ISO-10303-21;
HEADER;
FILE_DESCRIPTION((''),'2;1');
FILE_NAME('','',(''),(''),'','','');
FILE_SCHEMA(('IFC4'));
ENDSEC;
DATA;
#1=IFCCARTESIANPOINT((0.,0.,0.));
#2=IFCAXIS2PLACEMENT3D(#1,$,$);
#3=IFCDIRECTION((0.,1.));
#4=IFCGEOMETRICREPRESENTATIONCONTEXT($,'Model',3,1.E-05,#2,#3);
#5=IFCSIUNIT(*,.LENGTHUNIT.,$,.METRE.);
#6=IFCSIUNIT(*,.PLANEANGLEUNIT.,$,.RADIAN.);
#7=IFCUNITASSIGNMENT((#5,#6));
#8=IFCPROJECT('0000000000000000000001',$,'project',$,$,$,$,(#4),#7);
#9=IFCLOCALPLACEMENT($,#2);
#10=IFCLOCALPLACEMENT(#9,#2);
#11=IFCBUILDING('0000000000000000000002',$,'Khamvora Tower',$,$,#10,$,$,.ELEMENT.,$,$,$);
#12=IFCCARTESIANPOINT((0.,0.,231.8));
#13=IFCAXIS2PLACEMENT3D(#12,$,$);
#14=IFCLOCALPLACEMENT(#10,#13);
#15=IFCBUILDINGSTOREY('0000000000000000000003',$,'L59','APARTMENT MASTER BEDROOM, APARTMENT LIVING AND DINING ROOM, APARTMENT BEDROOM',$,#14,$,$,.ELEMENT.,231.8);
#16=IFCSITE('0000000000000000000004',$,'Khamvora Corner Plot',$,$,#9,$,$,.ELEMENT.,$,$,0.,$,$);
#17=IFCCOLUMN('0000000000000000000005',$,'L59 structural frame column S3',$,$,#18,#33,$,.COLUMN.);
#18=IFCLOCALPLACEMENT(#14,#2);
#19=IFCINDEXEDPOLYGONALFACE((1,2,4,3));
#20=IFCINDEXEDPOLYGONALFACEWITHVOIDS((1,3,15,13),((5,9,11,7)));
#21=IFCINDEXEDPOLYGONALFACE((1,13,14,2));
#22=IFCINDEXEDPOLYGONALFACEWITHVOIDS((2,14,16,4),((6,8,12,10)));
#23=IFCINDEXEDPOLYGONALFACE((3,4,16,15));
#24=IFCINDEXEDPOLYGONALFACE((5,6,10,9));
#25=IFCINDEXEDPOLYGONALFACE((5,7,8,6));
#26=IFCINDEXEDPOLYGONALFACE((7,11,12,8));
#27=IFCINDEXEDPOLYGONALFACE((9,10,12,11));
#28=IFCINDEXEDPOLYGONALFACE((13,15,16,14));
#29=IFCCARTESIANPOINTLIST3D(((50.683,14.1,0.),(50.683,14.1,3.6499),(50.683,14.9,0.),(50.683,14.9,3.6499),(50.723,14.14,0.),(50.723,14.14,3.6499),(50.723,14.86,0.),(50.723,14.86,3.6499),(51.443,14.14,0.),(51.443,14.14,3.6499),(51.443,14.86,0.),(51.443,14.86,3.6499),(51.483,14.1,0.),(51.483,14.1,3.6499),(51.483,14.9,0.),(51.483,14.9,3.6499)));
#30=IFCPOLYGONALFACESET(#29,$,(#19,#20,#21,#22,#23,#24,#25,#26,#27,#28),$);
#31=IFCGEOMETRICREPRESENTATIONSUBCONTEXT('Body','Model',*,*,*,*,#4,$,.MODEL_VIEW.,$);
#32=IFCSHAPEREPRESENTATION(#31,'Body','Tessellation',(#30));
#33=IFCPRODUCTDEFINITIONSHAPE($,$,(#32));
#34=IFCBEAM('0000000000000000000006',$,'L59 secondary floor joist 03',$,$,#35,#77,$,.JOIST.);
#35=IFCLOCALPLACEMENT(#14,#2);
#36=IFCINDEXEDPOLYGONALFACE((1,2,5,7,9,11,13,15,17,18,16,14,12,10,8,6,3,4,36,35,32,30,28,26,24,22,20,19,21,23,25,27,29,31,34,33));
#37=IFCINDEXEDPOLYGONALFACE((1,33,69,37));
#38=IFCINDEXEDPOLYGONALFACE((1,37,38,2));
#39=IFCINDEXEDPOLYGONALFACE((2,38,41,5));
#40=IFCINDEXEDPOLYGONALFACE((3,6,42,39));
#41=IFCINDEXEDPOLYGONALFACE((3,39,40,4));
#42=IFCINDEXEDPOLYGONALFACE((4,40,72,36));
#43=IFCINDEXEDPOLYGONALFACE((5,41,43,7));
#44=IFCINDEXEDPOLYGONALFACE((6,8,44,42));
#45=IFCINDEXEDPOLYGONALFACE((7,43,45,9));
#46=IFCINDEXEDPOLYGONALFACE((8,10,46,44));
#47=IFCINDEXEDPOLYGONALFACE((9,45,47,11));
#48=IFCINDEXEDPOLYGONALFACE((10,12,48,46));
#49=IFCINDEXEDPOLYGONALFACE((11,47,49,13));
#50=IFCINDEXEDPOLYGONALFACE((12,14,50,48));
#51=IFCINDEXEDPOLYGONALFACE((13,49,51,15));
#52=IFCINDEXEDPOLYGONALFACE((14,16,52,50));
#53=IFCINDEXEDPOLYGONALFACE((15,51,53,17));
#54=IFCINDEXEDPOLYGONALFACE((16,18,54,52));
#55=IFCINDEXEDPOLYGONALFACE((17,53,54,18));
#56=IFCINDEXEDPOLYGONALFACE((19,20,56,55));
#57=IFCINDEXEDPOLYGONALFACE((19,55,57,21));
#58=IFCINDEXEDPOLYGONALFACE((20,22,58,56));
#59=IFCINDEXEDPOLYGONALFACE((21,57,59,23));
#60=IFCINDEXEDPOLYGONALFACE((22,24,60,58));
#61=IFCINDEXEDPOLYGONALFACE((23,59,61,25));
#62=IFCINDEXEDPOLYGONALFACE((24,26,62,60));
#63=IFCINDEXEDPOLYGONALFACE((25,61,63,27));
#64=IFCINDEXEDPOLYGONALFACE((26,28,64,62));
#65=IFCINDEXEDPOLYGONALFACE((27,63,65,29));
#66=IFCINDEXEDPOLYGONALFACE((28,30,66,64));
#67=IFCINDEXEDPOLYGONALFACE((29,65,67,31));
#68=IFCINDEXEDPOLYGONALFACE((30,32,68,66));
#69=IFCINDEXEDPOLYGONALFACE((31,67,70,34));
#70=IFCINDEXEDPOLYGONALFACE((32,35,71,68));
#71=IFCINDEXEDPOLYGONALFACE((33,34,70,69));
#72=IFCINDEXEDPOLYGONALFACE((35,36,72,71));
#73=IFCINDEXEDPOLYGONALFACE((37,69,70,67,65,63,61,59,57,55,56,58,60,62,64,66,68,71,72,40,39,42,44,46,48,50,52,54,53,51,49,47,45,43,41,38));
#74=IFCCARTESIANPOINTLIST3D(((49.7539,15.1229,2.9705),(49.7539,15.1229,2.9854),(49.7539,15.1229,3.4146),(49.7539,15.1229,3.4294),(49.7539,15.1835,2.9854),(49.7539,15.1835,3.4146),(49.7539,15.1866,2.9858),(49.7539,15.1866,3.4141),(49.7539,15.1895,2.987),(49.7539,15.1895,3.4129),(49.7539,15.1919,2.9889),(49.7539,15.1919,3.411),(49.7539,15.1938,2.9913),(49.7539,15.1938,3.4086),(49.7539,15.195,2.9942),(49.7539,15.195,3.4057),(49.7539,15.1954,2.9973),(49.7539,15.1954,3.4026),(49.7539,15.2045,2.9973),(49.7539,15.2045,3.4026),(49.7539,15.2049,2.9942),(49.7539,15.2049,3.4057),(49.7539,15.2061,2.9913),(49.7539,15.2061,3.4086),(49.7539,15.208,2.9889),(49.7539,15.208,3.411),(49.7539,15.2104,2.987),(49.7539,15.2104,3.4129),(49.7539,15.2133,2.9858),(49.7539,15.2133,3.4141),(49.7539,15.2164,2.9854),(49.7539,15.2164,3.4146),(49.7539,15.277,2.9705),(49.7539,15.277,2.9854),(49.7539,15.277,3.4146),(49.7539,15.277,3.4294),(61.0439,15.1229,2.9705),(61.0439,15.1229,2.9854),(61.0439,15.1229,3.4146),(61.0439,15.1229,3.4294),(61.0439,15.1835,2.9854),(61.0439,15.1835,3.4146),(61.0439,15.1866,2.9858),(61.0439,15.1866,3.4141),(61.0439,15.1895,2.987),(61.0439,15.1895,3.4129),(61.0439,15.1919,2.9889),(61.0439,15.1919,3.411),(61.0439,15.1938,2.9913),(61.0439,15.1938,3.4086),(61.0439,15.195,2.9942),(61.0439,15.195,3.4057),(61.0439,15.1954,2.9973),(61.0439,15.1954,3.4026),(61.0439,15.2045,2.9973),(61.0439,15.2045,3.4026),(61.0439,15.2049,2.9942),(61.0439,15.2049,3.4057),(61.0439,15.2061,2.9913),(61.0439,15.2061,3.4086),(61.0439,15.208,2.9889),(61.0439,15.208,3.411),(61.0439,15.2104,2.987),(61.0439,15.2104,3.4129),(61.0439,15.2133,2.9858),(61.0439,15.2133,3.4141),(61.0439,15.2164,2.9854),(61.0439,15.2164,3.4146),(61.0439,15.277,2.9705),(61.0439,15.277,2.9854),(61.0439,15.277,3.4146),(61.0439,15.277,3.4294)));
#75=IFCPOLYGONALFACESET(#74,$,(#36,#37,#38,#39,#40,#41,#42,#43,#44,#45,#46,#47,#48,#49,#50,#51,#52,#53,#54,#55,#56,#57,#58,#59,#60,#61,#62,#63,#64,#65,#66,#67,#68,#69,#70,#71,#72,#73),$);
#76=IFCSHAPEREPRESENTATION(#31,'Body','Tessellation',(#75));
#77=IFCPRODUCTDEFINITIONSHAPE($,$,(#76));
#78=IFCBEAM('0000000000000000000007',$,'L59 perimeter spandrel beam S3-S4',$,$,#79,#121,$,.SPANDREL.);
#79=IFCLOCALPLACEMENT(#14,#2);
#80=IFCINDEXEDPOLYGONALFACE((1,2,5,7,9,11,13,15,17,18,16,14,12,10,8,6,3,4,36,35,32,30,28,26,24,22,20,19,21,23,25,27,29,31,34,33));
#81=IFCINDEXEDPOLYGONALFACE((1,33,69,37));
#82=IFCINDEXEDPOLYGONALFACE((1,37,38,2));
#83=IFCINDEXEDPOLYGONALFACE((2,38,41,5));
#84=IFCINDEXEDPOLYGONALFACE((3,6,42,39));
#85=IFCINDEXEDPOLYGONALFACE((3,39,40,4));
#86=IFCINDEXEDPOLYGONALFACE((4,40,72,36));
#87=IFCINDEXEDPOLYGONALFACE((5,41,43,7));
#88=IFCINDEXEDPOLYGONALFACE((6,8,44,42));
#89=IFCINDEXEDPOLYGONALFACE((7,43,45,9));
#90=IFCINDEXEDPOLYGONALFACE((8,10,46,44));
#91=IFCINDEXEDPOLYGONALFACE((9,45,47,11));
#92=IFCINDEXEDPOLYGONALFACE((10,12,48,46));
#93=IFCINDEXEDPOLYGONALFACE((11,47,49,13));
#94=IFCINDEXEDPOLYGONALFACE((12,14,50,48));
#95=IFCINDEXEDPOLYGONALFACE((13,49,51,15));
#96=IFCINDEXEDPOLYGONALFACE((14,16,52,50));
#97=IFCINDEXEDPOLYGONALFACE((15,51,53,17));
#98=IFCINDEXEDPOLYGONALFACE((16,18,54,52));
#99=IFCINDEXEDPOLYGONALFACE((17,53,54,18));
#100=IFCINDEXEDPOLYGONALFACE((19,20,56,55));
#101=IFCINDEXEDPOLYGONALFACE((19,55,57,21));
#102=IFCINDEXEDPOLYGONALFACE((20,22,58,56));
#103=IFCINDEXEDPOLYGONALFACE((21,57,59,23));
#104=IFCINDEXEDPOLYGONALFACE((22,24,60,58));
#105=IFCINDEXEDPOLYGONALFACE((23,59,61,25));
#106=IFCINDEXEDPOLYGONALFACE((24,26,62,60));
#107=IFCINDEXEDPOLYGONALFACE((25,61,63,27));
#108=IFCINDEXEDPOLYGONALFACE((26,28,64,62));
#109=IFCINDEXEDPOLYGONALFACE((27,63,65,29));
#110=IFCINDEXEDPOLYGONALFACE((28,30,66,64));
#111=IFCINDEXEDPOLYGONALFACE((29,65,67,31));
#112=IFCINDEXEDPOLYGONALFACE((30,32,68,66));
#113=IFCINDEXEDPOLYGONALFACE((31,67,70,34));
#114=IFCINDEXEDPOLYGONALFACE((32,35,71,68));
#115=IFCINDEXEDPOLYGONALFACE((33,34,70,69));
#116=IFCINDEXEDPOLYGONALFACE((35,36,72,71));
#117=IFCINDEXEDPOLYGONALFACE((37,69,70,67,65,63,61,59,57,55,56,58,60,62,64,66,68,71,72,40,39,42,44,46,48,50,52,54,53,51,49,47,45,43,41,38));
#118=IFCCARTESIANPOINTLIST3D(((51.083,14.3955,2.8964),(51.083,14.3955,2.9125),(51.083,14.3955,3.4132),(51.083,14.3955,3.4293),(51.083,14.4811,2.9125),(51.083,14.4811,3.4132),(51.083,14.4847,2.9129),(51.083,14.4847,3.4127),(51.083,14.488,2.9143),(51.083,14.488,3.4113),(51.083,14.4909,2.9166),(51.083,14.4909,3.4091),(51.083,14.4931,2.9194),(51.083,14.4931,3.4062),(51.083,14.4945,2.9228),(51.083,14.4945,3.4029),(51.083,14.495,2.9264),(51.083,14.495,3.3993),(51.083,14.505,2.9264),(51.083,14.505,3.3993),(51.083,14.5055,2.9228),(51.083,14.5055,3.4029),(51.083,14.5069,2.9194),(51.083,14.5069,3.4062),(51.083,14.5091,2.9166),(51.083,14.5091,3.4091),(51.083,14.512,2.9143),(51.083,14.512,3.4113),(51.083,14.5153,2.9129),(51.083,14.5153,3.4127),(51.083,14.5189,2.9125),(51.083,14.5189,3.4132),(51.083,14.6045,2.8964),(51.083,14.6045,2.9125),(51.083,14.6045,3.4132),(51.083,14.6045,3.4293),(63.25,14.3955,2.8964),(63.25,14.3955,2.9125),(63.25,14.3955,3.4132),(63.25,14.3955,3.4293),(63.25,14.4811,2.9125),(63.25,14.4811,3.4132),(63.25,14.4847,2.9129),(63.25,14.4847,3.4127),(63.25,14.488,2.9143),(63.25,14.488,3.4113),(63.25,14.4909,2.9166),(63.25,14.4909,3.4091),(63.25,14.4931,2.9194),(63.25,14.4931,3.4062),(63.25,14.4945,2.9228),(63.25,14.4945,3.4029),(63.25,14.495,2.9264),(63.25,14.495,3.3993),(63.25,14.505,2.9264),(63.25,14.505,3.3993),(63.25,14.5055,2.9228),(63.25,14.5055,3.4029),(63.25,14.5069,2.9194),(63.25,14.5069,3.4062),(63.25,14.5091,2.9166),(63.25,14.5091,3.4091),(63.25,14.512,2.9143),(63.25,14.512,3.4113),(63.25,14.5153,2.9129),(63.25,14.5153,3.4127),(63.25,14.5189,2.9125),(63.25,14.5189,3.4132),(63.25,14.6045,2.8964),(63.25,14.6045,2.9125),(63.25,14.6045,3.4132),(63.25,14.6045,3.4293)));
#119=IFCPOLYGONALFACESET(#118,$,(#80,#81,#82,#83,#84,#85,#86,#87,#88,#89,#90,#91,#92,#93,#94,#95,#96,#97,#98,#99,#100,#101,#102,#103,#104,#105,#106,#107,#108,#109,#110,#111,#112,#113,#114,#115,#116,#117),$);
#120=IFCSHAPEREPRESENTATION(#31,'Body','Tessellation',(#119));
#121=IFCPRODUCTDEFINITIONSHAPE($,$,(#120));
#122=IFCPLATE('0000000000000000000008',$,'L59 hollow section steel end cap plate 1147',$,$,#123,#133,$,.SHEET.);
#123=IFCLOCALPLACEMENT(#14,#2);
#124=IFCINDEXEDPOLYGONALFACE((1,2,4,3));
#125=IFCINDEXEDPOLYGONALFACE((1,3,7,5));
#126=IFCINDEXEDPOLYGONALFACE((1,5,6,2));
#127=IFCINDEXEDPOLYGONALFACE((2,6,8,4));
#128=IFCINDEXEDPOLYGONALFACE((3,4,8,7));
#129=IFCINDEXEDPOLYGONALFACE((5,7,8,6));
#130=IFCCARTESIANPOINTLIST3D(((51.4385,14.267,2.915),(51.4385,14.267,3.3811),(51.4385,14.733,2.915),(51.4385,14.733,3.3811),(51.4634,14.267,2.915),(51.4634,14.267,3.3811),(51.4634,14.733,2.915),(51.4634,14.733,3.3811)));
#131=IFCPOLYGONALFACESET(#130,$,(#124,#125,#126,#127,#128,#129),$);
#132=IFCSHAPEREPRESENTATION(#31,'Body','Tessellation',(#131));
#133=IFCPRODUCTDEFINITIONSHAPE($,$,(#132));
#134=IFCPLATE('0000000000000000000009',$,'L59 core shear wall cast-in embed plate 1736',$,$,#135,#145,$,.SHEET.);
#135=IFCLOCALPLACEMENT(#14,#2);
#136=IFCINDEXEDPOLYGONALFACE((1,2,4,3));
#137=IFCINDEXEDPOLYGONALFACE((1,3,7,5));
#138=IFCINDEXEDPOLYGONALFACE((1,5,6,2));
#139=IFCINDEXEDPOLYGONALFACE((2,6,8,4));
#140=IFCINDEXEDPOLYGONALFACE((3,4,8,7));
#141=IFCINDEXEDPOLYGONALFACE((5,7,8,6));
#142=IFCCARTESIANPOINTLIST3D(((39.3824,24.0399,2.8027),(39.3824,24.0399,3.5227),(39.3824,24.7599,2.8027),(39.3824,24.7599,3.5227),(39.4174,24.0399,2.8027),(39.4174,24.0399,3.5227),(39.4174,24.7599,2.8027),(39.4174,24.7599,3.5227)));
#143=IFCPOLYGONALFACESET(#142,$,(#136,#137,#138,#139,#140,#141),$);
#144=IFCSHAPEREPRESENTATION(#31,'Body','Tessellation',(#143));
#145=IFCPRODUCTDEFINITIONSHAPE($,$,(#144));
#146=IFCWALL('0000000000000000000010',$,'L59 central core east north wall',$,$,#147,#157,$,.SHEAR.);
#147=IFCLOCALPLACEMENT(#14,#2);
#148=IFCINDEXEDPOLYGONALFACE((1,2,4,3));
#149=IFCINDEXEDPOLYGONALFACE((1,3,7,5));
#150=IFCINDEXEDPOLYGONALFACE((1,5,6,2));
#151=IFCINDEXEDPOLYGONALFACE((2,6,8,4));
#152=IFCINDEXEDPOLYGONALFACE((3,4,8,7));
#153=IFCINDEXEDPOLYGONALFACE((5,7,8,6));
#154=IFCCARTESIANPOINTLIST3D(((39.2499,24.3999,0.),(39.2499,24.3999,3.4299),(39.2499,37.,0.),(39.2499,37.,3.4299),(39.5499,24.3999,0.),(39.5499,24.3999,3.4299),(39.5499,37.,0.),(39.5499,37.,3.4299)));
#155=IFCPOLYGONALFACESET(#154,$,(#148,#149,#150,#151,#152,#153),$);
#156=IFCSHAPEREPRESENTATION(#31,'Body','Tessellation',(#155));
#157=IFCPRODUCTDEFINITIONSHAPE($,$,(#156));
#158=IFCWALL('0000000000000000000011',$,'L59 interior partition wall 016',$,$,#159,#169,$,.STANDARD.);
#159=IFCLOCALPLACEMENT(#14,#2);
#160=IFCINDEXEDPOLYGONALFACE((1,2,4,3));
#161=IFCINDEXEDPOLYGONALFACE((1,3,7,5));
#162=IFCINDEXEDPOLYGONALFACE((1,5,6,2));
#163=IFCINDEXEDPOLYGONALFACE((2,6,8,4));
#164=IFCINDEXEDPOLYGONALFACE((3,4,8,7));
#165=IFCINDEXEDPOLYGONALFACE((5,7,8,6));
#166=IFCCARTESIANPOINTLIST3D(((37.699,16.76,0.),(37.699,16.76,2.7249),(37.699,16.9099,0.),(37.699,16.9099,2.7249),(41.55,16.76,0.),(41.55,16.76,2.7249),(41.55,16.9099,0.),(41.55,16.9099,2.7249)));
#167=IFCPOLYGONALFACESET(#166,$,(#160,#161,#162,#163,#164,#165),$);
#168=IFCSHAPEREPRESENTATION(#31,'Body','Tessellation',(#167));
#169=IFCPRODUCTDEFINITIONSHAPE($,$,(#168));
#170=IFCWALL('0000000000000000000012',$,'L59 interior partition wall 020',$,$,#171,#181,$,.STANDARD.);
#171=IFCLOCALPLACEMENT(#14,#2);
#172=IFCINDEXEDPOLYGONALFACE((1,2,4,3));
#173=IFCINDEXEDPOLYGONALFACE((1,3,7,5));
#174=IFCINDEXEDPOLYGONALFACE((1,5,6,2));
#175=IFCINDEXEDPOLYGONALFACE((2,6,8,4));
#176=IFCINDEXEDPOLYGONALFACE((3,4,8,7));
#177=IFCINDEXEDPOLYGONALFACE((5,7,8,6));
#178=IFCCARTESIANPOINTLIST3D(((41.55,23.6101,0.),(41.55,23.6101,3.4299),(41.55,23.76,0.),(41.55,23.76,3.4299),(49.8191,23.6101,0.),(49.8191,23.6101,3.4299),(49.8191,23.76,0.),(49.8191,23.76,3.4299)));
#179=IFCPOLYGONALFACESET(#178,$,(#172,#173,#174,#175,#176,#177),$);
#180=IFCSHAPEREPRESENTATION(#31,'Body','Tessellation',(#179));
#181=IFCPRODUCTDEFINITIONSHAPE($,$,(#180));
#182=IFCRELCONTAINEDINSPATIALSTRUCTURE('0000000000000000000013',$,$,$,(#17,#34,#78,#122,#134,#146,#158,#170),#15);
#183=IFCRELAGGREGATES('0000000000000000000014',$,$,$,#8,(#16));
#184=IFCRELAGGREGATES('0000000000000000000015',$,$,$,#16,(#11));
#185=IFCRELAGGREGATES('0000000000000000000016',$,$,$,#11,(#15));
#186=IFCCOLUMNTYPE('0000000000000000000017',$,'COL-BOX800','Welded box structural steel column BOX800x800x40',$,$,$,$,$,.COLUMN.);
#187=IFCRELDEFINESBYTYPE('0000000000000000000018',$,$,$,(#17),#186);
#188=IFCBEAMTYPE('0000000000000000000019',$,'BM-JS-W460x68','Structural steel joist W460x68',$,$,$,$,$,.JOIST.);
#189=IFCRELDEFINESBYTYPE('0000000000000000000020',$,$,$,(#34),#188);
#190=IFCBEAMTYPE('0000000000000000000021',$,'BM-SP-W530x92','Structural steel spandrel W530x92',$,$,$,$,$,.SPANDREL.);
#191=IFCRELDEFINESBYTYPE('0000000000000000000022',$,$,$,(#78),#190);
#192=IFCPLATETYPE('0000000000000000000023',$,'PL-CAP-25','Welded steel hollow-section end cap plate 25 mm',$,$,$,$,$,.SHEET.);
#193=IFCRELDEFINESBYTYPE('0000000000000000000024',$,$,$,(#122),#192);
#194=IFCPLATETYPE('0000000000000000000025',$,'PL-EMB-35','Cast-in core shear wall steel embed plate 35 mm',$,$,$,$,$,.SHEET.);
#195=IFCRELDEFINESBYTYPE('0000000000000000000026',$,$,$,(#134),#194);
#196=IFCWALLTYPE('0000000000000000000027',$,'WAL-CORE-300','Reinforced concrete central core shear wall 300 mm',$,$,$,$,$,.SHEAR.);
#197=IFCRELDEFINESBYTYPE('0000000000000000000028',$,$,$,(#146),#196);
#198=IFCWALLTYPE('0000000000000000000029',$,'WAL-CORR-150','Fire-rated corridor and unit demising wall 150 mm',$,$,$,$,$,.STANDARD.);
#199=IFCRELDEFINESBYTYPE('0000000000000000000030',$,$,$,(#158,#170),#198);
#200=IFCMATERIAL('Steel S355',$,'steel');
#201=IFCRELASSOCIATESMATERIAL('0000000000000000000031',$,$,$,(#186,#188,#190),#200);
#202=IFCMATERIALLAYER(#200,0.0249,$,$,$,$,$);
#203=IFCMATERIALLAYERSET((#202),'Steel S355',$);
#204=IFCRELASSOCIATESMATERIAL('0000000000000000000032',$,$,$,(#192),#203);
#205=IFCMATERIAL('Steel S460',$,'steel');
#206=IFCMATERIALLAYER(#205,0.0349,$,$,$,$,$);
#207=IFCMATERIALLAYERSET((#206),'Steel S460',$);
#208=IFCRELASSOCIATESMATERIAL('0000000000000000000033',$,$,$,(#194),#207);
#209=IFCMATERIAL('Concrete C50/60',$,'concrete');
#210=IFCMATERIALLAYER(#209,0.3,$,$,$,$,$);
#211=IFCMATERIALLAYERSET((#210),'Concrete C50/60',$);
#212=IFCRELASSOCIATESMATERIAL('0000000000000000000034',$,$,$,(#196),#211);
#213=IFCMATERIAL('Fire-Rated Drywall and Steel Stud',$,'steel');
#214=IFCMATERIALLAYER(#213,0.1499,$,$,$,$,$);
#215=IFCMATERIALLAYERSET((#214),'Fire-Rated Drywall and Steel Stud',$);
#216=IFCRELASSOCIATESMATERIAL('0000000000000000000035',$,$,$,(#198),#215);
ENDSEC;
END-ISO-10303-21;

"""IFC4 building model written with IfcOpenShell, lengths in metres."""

from ifc_helpers import new_model, si_unit, direction, frame, frame_2d, origin, origin_2d, place, context, subcontext, project, spatial, rectangle, hollow_rectangle, i_section, extrude, material, layer, layer_set, material_profile, profile_set, type_object, element, save


model = new_model("IFC4")

# Units and contexts
model_context = context("Model", 3, precision=1e-05, world=origin(), true_north=direction((0.0, 1.0)))
body_context = subcontext(model_context, "Body", "Model", "MODEL_VIEW")
ifc_project = project(units=[si_unit("LENGTHUNIT", "METRE"), si_unit("PLANEANGLEUNIT", "RADIAN")], contexts=[model_context])

# Site, building, storey
site_placement = place(None, origin())
site = spatial("IfcSite", under=ifc_project, at=site_placement, Name="Khamvora Corner Plot", CompositionType="ELEMENT", RefElevation=0.0)
building_placement = place(site_placement, origin())
building = spatial("IfcBuilding", under=site, at=building_placement, Name="Khamvora Tower", CompositionType="ELEMENT")
storey_placement = place(building_placement, frame((0.0, 0.0, 231.8)))
storey = spatial("IfcBuildingStorey", under=building, at=storey_placement, Name="L59", Description="APARTMENT MASTER BEDROOM, APARTMENT LIVING AND DINING ROOM, APARTMENT BEDROOM", CompositionType="ELEMENT", Elevation=231.8)

# Column
ifc_material_1 = material(Name="Steel S355", Category="steel")
ifc_material_profile_1 = material_profile(ifc_material_1, hollow_rectangle(XDim=0.8, YDim=0.8, WallThickness=0.04, at=origin_2d()), Name="BOX800x800x40")
ifc_profile_set_1 = profile_set([ifc_material_profile_1], Name="Steel S355")
column_type = type_object("IfcColumnType", Name="COL-BOX800", Description="Welded box structural steel column BOX800x800x40", PredefinedType="COLUMN", material=ifc_profile_set_1)
column_placement = place(storey_placement, frame((51.083, 14.5, 0.0), z_axis=(0.0, 0.0, 1.0), x_axis=(1.0, 0.0, 0.0)))
element("IfcColumn", 1, at=column_placement, inside=storey, type_object=column_type, Name="L59 structural frame column S3", PredefinedType="COLUMN", context=body_context, shape_type="SweptSolid", body=[
    extrude(hollow_rectangle(XDim=0.8, YDim=0.8, WallThickness=0.04, at=origin_2d()), origin(), (0.0, 0.0, 1.0), 3.6499),
])

# Beams
ifc_material_profile_2 = material_profile(ifc_material_1, i_section(OverallWidth=0.1541, OverallDepth=0.459, WebThickness=0.009, FlangeThickness=0.0149, FilletRadius=0.012, at=origin_2d()), Name="W460x68")
ifc_profile_set_2 = profile_set([ifc_material_profile_2], Name="Steel S355")
beam_type_1 = type_object("IfcBeamType", Name="BM-JS-W460x68", Description="Structural steel joist W460x68", PredefinedType="JOIST", material=ifc_profile_set_2)
beam_1_placement = place(storey_placement, frame((49.7539, 15.2, 3.2), z_axis=(1.0, 0.0, 0.0), x_axis=(0.0, 1.0, 0.0)))
element("IfcBeam", 2, at=beam_1_placement, inside=storey, type_object=beam_type_1, Name="L59 secondary floor joist 03", PredefinedType="JOIST", context=body_context, shape_type="SweptSolid", body=[
    extrude(i_section(OverallWidth=0.1541, OverallDepth=0.459, WebThickness=0.009, FlangeThickness=0.0149, FilletRadius=0.012, at=origin_2d()), origin(), (0.0, 0.0, 1.0), 11.29),
])
ifc_material_profile_3 = material_profile(ifc_material_1, i_section(OverallWidth=0.209, OverallDepth=0.533, WebThickness=0.01, FlangeThickness=0.0161, FilletRadius=0.0139, at=origin_2d()), Name="W530x92")
ifc_profile_set_3 = profile_set([ifc_material_profile_3], Name="Steel S355")
beam_type_2 = type_object("IfcBeamType", Name="BM-SP-W530x92", Description="Structural steel spandrel W530x92", PredefinedType="SPANDREL", material=ifc_profile_set_3)
beam_2_placement = place(storey_placement, frame((51.083, 14.5, 3.1628), z_axis=(1.0, 0.0, 0.0), x_axis=(0.0, 1.0, 0.0)))
element("IfcBeam", 3, at=beam_2_placement, inside=storey, type_object=beam_type_2, Name="L59 perimeter spandrel beam S3-S4", PredefinedType="SPANDREL", context=body_context, shape_type="SweptSolid", body=[
    extrude(i_section(OverallWidth=0.209, OverallDepth=0.533, WebThickness=0.01, FlangeThickness=0.0161, FilletRadius=0.0139, at=origin_2d()), origin(), (0.0, 0.0, 1.0), 12.167),
])

# Plates
ifc_layer_1 = layer(ifc_material_1, 0.0249)
ifc_layer_set_1 = layer_set([ifc_layer_1], Name="Steel S355")
plate_type_1 = type_object("IfcPlateType", Name="PL-CAP-25", Description="Welded steel hollow-section end cap plate 25 mm", PredefinedType="SHEET", material=ifc_layer_set_1)
plate_1_placement = place(storey_placement, frame((51.4509, 14.5, 2.915), z_axis=(0.0, 0.0, 1.0), x_axis=(-1.0, 0.0, 0.0)))
element("IfcPlate", 4, at=plate_1_placement, inside=storey, type_object=plate_type_1, Name="L59 hollow section steel end cap plate 1147", PredefinedType="SHEET", context=body_context, shape_type="SweptSolid", body=[
    extrude(rectangle(XDim=0.0249, YDim=0.4661, at=origin_2d()), origin(), (0.0, 0.0, 1.0), 0.4661),
])
ifc_material_2 = material(Name="Steel S460", Category="steel")
ifc_layer_2 = layer(ifc_material_2, 0.0349)
ifc_layer_set_2 = layer_set([ifc_layer_2], Name="Steel S460")
plate_type_2 = type_object("IfcPlateType", Name="PL-EMB-35", Description="Cast-in core shear wall steel embed plate 35 mm", PredefinedType="SHEET", material=ifc_layer_set_2)
plate_2_placement = place(storey_placement, frame((39.3999, 24.3999, 2.8027), z_axis=(0.0, 0.0, 1.0), x_axis=(1.0, 0.0, 0.0)))
element("IfcPlate", 5, at=plate_2_placement, inside=storey, type_object=plate_type_2, Name="L59 core shear wall cast-in embed plate 1736", PredefinedType="SHEET", context=body_context, shape_type="SweptSolid", body=[
    extrude(rectangle(XDim=0.0349, YDim=0.72, at=origin_2d()), origin(), (0.0, 0.0, 1.0), 0.72),
])

# Walls
ifc_material_3 = material(Name="Concrete C50/60", Category="concrete")
ifc_layer_3 = layer(ifc_material_3, 0.3)
ifc_layer_set_3 = layer_set([ifc_layer_3], Name="Concrete C50/60")
wall_type_1 = type_object("IfcWallType", Name="WAL-CORE-300", Description="Reinforced concrete central core shear wall 300 mm", PredefinedType="SHEAR", material=ifc_layer_set_3)
wall_1_placement = place(storey_placement, frame((39.3999, 24.3999, 0.0), z_axis=(0.0, 0.0, 1.0), x_axis=(0.0, 1.0, 0.0)))
element("IfcWall", 6, at=wall_1_placement, inside=storey, type_object=wall_type_1, Name="L59 central core east north wall", PredefinedType="SHEAR", context=body_context, shape_type="SweptSolid", body=[
    extrude(rectangle(XDim=12.6001, YDim=0.3, at=frame_2d((6.3, 0.0))), origin(), (0.0, 0.0, 1.0), 3.4299),
])
ifc_material_4 = material(Name="Fire-Rated Drywall and Steel Stud", Category="steel")
ifc_layer_4 = layer(ifc_material_4, 0.1499)
ifc_layer_set_4 = layer_set([ifc_layer_4], Name="Fire-Rated Drywall and Steel Stud")
wall_type_2 = type_object("IfcWallType", Name="WAL-CORR-150", Description="Fire-rated corridor and unit demising wall 150 mm", PredefinedType="STANDARD", material=ifc_layer_set_4)
wall_2_placement = place(storey_placement, frame((41.55, 16.835, 0.0), z_axis=(0.0, 0.0, 1.0), x_axis=(-1.0, 0.0, 0.0)))
element("IfcWall", 7, at=wall_2_placement, inside=storey, type_object=wall_type_2, Name="L59 interior partition wall 016", PredefinedType="STANDARD", context=body_context, shape_type="SweptSolid", body=[
    extrude(rectangle(XDim=3.8511, YDim=0.1499, at=frame_2d((1.9255, 0.0))), origin(), (0.0, 0.0, 1.0), 2.7249),
])
wall_3_placement = place(storey_placement, frame((49.8191, 23.6851, 0.0), z_axis=(0.0, 0.0, 1.0), x_axis=(-1.0, 0.0, 0.0)))
element("IfcWall", 8, at=wall_3_placement, inside=storey, type_object=wall_type_2, Name="L59 interior partition wall 020", PredefinedType="STANDARD", context=body_context, shape_type="SweptSolid", body=[
    extrude(rectangle(XDim=8.269, YDim=0.1499, at=frame_2d((4.1345, 0.0))), origin(), (0.0, 0.0, 1.0), 3.4299),
])

save(model, "model.ifc")
